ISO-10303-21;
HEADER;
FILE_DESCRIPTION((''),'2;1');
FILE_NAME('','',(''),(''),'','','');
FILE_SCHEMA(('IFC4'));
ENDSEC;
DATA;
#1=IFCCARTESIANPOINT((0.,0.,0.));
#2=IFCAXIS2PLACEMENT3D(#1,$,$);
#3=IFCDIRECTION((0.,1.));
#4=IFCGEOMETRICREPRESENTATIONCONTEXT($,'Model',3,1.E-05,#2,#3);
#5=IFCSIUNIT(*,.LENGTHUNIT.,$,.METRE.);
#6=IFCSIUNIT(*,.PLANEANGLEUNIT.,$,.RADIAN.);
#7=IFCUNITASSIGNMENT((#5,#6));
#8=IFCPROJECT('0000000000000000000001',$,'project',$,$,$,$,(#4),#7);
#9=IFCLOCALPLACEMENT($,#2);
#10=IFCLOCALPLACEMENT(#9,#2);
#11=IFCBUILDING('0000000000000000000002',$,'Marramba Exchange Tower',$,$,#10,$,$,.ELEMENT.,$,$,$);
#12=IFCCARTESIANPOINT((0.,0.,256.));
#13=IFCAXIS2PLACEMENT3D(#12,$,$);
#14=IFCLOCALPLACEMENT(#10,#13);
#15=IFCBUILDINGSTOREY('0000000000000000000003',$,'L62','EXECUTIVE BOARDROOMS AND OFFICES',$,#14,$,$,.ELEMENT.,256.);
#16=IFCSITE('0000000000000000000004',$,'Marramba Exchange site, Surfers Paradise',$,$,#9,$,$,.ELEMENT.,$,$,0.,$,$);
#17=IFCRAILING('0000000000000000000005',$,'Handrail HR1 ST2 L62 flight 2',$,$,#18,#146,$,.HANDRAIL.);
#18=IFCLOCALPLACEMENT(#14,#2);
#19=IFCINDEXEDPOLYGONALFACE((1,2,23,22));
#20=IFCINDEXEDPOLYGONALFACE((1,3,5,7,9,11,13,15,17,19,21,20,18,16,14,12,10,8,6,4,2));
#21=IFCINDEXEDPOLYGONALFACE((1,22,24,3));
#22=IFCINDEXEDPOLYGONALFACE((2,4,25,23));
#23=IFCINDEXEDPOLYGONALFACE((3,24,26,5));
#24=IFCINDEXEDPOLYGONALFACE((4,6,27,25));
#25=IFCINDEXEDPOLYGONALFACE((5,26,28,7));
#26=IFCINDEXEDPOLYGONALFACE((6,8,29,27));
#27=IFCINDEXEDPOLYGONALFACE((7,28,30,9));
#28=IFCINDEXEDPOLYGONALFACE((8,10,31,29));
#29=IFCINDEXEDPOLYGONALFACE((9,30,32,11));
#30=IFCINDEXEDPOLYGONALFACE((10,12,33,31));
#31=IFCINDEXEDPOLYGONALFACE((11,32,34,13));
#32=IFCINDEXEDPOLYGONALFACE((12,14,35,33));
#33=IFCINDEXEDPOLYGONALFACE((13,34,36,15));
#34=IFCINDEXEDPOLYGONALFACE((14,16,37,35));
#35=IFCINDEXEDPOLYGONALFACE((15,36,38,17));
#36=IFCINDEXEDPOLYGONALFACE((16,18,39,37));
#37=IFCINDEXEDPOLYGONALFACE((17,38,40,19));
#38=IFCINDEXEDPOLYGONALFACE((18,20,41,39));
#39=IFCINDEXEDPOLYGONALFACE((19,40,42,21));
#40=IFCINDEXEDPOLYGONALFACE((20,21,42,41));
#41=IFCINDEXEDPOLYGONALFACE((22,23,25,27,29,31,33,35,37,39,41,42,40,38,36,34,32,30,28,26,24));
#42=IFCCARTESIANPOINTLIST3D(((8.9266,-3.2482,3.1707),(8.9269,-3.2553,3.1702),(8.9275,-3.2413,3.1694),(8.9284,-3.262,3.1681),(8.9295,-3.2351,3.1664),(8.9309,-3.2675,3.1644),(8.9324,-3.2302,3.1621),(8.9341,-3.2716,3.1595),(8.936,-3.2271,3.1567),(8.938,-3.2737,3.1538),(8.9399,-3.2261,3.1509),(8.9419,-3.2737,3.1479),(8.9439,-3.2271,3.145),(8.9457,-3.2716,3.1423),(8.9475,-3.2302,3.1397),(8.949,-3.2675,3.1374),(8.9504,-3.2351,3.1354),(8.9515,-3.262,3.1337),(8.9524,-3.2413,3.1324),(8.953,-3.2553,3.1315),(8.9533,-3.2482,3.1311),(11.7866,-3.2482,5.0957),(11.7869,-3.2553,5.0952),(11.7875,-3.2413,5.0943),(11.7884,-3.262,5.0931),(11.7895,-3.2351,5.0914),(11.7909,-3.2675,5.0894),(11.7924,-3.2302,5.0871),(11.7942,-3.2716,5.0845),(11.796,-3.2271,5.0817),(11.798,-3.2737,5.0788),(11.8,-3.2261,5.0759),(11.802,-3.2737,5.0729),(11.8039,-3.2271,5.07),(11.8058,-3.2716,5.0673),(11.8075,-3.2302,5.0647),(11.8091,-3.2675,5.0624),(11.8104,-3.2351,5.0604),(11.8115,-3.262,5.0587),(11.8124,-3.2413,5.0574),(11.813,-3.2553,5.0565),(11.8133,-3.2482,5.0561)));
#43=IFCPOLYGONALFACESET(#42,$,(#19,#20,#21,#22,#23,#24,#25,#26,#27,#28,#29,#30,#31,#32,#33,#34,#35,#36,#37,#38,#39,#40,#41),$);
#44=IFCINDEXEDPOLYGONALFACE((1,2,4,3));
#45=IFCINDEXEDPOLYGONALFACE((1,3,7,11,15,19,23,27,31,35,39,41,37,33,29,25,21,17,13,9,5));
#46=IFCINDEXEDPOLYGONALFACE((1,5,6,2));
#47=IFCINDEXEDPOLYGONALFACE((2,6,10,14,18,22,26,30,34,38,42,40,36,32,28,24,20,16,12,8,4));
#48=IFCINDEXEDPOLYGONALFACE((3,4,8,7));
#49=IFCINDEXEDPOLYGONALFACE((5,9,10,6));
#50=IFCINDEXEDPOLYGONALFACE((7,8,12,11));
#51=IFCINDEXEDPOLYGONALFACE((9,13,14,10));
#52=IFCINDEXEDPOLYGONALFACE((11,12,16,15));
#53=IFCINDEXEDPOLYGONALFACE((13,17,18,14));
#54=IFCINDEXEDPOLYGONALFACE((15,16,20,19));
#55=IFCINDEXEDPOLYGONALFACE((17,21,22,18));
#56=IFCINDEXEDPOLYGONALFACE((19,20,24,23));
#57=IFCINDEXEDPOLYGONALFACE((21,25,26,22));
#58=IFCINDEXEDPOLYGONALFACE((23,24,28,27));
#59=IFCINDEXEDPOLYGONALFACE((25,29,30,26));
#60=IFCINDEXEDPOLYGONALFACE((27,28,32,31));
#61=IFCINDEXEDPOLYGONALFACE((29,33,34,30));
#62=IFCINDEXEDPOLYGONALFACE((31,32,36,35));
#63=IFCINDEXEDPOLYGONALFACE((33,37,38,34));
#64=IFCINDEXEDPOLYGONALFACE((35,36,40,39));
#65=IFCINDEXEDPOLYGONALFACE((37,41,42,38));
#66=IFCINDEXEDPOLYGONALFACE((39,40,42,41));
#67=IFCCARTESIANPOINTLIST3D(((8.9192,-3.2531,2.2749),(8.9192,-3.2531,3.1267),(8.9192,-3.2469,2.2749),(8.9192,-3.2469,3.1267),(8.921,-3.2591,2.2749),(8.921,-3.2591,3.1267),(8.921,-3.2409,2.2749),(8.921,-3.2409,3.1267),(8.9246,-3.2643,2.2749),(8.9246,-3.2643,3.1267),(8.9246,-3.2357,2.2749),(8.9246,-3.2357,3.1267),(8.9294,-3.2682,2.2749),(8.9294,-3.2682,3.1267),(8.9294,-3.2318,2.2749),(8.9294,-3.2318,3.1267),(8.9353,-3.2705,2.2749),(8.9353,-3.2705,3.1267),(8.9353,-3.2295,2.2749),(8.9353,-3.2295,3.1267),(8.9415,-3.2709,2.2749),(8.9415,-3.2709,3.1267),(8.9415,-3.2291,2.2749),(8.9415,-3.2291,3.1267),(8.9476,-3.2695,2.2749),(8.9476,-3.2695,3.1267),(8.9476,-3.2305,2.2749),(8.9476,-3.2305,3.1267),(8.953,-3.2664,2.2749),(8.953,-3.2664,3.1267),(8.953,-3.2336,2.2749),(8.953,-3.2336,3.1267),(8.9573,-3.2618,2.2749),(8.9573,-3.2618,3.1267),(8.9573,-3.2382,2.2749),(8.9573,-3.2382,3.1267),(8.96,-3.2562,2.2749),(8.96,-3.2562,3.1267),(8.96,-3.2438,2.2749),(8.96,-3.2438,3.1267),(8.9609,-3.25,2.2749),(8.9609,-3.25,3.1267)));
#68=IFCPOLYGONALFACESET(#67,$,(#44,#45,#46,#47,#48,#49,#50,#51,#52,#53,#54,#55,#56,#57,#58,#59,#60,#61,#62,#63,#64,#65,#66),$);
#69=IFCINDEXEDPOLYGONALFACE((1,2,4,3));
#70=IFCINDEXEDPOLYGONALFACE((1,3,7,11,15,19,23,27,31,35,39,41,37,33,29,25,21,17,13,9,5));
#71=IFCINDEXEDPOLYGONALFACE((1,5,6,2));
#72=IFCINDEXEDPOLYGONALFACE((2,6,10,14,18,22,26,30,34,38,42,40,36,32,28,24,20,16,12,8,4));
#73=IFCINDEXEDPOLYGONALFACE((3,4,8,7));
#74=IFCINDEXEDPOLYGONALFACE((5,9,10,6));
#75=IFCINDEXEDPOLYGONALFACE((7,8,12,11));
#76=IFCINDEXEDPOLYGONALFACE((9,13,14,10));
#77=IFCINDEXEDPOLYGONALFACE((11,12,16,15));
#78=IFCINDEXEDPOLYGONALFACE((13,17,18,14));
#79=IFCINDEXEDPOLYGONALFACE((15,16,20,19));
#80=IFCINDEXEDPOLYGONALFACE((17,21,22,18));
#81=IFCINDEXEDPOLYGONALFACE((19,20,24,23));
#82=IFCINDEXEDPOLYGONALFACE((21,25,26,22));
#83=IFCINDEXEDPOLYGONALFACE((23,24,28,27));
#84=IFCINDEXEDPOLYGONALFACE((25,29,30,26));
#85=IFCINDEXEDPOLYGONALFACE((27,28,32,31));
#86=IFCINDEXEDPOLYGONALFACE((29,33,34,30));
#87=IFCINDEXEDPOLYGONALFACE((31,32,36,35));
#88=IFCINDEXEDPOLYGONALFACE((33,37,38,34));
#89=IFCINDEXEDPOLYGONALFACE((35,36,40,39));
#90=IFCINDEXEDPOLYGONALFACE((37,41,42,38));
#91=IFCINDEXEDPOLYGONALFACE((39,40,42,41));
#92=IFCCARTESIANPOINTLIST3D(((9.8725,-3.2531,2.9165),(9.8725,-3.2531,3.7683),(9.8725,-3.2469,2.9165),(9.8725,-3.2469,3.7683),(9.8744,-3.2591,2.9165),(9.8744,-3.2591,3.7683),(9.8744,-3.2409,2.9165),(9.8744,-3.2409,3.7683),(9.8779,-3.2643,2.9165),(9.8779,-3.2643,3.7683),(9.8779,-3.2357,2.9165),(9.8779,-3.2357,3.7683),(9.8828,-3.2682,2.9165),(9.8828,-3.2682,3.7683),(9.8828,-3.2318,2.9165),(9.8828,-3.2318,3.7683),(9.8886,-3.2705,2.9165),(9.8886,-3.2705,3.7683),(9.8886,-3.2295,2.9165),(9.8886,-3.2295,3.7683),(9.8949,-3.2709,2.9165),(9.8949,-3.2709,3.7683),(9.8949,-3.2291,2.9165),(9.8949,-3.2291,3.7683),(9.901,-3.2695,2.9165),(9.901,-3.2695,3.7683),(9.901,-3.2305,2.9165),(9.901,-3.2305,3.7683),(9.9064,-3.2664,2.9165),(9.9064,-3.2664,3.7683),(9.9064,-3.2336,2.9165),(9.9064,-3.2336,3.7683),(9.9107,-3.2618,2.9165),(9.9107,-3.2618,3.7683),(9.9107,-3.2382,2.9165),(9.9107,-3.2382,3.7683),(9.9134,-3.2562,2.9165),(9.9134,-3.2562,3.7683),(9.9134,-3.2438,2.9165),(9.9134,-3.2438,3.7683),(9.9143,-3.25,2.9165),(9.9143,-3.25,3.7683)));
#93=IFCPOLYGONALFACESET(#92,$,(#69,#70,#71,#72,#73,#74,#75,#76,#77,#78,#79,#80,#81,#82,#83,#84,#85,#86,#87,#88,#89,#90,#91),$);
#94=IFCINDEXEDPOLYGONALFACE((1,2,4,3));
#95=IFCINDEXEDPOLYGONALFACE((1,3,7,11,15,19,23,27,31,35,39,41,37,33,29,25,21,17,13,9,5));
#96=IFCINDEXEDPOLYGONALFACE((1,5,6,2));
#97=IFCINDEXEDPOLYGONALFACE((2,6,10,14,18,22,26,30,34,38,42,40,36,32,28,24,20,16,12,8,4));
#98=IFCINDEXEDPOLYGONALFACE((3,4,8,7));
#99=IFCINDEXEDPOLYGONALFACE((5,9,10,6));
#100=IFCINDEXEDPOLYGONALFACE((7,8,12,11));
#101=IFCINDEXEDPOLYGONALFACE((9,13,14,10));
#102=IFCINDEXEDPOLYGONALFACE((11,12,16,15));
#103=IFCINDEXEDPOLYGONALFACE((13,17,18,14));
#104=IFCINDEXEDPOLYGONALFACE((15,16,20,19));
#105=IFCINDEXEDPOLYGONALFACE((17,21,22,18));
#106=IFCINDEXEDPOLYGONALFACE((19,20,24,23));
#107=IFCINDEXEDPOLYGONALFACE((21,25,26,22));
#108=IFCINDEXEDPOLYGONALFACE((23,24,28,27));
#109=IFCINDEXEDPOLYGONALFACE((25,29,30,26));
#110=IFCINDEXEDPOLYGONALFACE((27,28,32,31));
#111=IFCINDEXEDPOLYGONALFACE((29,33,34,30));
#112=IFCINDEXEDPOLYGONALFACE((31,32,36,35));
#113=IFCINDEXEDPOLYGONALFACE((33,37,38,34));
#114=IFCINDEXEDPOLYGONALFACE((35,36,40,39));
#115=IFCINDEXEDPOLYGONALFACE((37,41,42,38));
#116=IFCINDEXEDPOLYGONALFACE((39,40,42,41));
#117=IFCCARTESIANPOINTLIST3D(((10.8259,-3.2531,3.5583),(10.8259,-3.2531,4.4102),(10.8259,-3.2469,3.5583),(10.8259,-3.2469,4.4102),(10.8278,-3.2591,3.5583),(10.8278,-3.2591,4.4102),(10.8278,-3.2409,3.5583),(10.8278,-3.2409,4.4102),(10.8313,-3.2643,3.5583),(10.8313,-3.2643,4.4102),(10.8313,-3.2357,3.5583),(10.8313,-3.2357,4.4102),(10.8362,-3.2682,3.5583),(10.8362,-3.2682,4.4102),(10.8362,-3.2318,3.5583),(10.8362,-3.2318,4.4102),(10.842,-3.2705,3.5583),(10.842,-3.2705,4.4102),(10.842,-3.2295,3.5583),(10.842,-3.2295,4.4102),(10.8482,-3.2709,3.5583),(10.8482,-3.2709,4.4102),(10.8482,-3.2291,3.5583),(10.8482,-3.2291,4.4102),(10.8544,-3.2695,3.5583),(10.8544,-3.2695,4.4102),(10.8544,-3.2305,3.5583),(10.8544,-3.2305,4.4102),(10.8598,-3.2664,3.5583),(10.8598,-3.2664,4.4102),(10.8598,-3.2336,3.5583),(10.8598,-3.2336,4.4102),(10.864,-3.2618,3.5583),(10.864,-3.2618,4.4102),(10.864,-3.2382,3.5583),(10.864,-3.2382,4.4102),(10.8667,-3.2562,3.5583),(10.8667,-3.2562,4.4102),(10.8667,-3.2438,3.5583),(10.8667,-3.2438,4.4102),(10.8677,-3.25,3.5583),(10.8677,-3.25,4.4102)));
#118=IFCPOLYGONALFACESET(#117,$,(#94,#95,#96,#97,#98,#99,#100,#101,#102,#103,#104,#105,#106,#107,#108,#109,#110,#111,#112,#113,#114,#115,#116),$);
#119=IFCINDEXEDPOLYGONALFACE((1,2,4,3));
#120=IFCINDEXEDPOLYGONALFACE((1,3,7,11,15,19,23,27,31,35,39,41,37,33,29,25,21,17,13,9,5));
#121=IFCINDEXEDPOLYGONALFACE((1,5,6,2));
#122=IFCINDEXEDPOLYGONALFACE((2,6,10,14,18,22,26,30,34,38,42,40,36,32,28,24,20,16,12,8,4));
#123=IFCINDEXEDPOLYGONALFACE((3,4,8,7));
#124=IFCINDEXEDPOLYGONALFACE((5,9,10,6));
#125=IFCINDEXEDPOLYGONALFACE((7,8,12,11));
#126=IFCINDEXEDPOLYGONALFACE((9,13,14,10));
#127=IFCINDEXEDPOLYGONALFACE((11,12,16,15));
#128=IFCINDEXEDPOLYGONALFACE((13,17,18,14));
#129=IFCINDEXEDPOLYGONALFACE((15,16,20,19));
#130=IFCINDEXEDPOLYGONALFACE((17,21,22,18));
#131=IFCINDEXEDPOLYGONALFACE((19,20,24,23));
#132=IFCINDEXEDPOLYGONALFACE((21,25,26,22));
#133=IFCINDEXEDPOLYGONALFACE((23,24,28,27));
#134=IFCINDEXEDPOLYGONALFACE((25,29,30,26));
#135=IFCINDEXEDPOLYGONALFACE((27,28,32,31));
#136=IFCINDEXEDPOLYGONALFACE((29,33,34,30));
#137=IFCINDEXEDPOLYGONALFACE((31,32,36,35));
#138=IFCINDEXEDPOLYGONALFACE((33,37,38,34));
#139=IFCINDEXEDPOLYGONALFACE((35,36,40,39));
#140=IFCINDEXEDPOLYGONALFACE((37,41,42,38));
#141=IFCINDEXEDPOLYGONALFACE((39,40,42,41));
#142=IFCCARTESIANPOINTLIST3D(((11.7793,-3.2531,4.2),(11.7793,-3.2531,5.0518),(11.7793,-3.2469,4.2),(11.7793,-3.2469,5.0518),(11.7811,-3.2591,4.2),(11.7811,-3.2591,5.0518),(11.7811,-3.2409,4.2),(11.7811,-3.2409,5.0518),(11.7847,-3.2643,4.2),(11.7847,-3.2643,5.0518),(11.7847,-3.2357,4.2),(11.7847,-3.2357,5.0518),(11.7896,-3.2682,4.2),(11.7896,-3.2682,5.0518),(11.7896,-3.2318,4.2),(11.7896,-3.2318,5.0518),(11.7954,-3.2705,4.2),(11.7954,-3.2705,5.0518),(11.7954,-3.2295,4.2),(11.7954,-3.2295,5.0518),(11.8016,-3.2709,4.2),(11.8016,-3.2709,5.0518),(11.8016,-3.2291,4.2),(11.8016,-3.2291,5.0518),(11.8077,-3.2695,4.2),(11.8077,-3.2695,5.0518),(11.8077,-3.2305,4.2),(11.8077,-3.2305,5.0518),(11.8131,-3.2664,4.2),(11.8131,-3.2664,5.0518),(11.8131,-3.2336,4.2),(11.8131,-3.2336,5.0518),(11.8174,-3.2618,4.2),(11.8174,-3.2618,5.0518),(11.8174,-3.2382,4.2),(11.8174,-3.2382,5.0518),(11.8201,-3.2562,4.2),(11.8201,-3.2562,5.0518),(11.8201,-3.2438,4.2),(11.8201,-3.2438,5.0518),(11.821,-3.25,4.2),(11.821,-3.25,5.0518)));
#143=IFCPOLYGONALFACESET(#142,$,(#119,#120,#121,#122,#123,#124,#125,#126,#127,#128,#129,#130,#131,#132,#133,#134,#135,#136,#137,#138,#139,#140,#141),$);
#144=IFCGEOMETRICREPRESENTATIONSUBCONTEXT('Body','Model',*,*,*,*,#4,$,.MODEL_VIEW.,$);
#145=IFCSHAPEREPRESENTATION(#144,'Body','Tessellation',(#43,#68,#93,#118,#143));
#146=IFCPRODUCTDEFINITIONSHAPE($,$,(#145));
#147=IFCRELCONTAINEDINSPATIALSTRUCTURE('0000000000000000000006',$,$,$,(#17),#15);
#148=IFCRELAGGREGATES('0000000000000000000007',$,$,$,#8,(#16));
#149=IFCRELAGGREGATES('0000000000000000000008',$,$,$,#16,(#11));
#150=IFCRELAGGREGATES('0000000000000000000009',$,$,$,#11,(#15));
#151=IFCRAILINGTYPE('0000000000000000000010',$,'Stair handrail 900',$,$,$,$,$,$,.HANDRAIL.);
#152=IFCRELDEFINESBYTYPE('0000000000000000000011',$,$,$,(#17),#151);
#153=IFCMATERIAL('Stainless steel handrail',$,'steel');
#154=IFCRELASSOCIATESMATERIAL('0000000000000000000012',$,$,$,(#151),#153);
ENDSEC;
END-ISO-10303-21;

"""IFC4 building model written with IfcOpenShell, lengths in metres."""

from ifc_helpers import new_model, si_unit, direction, frame, origin, origin_2d, place, context, subcontext, project, spatial, circle, extrude, material, type_object, element, save


model = new_model("IFC4")

# Units and contexts
model_context = context("Model", 3, precision=1e-05, world=origin(), true_north=direction((0.0, 1.0)))
body_context = subcontext(model_context, "Body", "Model", "MODEL_VIEW")
ifc_project = project(units=[si_unit("LENGTHUNIT", "METRE"), si_unit("PLANEANGLEUNIT", "RADIAN")], contexts=[model_context])

# Site, building, storey
site_placement = place(None, origin())
site = spatial("IfcSite", under=ifc_project, at=site_placement, Name="Marramba Exchange site, Surfers Paradise", CompositionType="ELEMENT", RefElevation=0.0)
building_placement = place(site_placement, origin())
building = spatial("IfcBuilding", under=site, at=building_placement, Name="Marramba Exchange Tower", CompositionType="ELEMENT")
storey_placement = place(building_placement, frame((0.0, 0.0, 256.0)))
storey = spatial("IfcBuildingStorey", under=building, at=storey_placement, Name="L62", Description="EXECUTIVE BOARDROOMS AND OFFICES", CompositionType="ELEMENT", Elevation=256.0)

# Railing
ifc_material_1 = material(Name="Stainless steel handrail", Category="steel")
railing_type = type_object("IfcRailingType", Name="Stair handrail 900", PredefinedType="HANDRAIL", material=ifc_material_1)
railing_placement = place(storey_placement, frame((8.9399, -3.25, 2.2749)))
element("IfcRailing", 1, at=railing_placement, inside=storey, type_object=railing_type, Name="Handrail HR1 ST2 L62 flight 2", PredefinedType="HANDRAIL", context=body_context, shape_type="SweptSolid", body=[
    extrude(circle(Radius=0.0239, at=origin_2d()), frame((0.0, 0.0, 0.876), z_axis=(0.829591, 0.0, 0.558372), x_axis=(0.0, 1.0, 0.0)), (0.0, 0.0, 1.0), 3.4475),
    extrude(circle(Radius=0.021, at=origin_2d()), origin(), (0.0, 0.0, 1.0), 0.8518),
    extrude(circle(Radius=0.021, at=origin_2d()), frame((0.9534, 0.0, 0.6416)), (0.0, 0.0, 1.0), 0.8518),
    extrude(circle(Radius=0.021, at=origin_2d()), frame((1.9067, 0.0, 1.2834)), (0.0, 0.0, 1.0), 0.8518),
    extrude(circle(Radius=0.021, at=origin_2d()), frame((2.8601, 0.0, 1.925)), (0.0, 0.0, 1.0), 0.8518),
])

save(model, "model.ifc")
